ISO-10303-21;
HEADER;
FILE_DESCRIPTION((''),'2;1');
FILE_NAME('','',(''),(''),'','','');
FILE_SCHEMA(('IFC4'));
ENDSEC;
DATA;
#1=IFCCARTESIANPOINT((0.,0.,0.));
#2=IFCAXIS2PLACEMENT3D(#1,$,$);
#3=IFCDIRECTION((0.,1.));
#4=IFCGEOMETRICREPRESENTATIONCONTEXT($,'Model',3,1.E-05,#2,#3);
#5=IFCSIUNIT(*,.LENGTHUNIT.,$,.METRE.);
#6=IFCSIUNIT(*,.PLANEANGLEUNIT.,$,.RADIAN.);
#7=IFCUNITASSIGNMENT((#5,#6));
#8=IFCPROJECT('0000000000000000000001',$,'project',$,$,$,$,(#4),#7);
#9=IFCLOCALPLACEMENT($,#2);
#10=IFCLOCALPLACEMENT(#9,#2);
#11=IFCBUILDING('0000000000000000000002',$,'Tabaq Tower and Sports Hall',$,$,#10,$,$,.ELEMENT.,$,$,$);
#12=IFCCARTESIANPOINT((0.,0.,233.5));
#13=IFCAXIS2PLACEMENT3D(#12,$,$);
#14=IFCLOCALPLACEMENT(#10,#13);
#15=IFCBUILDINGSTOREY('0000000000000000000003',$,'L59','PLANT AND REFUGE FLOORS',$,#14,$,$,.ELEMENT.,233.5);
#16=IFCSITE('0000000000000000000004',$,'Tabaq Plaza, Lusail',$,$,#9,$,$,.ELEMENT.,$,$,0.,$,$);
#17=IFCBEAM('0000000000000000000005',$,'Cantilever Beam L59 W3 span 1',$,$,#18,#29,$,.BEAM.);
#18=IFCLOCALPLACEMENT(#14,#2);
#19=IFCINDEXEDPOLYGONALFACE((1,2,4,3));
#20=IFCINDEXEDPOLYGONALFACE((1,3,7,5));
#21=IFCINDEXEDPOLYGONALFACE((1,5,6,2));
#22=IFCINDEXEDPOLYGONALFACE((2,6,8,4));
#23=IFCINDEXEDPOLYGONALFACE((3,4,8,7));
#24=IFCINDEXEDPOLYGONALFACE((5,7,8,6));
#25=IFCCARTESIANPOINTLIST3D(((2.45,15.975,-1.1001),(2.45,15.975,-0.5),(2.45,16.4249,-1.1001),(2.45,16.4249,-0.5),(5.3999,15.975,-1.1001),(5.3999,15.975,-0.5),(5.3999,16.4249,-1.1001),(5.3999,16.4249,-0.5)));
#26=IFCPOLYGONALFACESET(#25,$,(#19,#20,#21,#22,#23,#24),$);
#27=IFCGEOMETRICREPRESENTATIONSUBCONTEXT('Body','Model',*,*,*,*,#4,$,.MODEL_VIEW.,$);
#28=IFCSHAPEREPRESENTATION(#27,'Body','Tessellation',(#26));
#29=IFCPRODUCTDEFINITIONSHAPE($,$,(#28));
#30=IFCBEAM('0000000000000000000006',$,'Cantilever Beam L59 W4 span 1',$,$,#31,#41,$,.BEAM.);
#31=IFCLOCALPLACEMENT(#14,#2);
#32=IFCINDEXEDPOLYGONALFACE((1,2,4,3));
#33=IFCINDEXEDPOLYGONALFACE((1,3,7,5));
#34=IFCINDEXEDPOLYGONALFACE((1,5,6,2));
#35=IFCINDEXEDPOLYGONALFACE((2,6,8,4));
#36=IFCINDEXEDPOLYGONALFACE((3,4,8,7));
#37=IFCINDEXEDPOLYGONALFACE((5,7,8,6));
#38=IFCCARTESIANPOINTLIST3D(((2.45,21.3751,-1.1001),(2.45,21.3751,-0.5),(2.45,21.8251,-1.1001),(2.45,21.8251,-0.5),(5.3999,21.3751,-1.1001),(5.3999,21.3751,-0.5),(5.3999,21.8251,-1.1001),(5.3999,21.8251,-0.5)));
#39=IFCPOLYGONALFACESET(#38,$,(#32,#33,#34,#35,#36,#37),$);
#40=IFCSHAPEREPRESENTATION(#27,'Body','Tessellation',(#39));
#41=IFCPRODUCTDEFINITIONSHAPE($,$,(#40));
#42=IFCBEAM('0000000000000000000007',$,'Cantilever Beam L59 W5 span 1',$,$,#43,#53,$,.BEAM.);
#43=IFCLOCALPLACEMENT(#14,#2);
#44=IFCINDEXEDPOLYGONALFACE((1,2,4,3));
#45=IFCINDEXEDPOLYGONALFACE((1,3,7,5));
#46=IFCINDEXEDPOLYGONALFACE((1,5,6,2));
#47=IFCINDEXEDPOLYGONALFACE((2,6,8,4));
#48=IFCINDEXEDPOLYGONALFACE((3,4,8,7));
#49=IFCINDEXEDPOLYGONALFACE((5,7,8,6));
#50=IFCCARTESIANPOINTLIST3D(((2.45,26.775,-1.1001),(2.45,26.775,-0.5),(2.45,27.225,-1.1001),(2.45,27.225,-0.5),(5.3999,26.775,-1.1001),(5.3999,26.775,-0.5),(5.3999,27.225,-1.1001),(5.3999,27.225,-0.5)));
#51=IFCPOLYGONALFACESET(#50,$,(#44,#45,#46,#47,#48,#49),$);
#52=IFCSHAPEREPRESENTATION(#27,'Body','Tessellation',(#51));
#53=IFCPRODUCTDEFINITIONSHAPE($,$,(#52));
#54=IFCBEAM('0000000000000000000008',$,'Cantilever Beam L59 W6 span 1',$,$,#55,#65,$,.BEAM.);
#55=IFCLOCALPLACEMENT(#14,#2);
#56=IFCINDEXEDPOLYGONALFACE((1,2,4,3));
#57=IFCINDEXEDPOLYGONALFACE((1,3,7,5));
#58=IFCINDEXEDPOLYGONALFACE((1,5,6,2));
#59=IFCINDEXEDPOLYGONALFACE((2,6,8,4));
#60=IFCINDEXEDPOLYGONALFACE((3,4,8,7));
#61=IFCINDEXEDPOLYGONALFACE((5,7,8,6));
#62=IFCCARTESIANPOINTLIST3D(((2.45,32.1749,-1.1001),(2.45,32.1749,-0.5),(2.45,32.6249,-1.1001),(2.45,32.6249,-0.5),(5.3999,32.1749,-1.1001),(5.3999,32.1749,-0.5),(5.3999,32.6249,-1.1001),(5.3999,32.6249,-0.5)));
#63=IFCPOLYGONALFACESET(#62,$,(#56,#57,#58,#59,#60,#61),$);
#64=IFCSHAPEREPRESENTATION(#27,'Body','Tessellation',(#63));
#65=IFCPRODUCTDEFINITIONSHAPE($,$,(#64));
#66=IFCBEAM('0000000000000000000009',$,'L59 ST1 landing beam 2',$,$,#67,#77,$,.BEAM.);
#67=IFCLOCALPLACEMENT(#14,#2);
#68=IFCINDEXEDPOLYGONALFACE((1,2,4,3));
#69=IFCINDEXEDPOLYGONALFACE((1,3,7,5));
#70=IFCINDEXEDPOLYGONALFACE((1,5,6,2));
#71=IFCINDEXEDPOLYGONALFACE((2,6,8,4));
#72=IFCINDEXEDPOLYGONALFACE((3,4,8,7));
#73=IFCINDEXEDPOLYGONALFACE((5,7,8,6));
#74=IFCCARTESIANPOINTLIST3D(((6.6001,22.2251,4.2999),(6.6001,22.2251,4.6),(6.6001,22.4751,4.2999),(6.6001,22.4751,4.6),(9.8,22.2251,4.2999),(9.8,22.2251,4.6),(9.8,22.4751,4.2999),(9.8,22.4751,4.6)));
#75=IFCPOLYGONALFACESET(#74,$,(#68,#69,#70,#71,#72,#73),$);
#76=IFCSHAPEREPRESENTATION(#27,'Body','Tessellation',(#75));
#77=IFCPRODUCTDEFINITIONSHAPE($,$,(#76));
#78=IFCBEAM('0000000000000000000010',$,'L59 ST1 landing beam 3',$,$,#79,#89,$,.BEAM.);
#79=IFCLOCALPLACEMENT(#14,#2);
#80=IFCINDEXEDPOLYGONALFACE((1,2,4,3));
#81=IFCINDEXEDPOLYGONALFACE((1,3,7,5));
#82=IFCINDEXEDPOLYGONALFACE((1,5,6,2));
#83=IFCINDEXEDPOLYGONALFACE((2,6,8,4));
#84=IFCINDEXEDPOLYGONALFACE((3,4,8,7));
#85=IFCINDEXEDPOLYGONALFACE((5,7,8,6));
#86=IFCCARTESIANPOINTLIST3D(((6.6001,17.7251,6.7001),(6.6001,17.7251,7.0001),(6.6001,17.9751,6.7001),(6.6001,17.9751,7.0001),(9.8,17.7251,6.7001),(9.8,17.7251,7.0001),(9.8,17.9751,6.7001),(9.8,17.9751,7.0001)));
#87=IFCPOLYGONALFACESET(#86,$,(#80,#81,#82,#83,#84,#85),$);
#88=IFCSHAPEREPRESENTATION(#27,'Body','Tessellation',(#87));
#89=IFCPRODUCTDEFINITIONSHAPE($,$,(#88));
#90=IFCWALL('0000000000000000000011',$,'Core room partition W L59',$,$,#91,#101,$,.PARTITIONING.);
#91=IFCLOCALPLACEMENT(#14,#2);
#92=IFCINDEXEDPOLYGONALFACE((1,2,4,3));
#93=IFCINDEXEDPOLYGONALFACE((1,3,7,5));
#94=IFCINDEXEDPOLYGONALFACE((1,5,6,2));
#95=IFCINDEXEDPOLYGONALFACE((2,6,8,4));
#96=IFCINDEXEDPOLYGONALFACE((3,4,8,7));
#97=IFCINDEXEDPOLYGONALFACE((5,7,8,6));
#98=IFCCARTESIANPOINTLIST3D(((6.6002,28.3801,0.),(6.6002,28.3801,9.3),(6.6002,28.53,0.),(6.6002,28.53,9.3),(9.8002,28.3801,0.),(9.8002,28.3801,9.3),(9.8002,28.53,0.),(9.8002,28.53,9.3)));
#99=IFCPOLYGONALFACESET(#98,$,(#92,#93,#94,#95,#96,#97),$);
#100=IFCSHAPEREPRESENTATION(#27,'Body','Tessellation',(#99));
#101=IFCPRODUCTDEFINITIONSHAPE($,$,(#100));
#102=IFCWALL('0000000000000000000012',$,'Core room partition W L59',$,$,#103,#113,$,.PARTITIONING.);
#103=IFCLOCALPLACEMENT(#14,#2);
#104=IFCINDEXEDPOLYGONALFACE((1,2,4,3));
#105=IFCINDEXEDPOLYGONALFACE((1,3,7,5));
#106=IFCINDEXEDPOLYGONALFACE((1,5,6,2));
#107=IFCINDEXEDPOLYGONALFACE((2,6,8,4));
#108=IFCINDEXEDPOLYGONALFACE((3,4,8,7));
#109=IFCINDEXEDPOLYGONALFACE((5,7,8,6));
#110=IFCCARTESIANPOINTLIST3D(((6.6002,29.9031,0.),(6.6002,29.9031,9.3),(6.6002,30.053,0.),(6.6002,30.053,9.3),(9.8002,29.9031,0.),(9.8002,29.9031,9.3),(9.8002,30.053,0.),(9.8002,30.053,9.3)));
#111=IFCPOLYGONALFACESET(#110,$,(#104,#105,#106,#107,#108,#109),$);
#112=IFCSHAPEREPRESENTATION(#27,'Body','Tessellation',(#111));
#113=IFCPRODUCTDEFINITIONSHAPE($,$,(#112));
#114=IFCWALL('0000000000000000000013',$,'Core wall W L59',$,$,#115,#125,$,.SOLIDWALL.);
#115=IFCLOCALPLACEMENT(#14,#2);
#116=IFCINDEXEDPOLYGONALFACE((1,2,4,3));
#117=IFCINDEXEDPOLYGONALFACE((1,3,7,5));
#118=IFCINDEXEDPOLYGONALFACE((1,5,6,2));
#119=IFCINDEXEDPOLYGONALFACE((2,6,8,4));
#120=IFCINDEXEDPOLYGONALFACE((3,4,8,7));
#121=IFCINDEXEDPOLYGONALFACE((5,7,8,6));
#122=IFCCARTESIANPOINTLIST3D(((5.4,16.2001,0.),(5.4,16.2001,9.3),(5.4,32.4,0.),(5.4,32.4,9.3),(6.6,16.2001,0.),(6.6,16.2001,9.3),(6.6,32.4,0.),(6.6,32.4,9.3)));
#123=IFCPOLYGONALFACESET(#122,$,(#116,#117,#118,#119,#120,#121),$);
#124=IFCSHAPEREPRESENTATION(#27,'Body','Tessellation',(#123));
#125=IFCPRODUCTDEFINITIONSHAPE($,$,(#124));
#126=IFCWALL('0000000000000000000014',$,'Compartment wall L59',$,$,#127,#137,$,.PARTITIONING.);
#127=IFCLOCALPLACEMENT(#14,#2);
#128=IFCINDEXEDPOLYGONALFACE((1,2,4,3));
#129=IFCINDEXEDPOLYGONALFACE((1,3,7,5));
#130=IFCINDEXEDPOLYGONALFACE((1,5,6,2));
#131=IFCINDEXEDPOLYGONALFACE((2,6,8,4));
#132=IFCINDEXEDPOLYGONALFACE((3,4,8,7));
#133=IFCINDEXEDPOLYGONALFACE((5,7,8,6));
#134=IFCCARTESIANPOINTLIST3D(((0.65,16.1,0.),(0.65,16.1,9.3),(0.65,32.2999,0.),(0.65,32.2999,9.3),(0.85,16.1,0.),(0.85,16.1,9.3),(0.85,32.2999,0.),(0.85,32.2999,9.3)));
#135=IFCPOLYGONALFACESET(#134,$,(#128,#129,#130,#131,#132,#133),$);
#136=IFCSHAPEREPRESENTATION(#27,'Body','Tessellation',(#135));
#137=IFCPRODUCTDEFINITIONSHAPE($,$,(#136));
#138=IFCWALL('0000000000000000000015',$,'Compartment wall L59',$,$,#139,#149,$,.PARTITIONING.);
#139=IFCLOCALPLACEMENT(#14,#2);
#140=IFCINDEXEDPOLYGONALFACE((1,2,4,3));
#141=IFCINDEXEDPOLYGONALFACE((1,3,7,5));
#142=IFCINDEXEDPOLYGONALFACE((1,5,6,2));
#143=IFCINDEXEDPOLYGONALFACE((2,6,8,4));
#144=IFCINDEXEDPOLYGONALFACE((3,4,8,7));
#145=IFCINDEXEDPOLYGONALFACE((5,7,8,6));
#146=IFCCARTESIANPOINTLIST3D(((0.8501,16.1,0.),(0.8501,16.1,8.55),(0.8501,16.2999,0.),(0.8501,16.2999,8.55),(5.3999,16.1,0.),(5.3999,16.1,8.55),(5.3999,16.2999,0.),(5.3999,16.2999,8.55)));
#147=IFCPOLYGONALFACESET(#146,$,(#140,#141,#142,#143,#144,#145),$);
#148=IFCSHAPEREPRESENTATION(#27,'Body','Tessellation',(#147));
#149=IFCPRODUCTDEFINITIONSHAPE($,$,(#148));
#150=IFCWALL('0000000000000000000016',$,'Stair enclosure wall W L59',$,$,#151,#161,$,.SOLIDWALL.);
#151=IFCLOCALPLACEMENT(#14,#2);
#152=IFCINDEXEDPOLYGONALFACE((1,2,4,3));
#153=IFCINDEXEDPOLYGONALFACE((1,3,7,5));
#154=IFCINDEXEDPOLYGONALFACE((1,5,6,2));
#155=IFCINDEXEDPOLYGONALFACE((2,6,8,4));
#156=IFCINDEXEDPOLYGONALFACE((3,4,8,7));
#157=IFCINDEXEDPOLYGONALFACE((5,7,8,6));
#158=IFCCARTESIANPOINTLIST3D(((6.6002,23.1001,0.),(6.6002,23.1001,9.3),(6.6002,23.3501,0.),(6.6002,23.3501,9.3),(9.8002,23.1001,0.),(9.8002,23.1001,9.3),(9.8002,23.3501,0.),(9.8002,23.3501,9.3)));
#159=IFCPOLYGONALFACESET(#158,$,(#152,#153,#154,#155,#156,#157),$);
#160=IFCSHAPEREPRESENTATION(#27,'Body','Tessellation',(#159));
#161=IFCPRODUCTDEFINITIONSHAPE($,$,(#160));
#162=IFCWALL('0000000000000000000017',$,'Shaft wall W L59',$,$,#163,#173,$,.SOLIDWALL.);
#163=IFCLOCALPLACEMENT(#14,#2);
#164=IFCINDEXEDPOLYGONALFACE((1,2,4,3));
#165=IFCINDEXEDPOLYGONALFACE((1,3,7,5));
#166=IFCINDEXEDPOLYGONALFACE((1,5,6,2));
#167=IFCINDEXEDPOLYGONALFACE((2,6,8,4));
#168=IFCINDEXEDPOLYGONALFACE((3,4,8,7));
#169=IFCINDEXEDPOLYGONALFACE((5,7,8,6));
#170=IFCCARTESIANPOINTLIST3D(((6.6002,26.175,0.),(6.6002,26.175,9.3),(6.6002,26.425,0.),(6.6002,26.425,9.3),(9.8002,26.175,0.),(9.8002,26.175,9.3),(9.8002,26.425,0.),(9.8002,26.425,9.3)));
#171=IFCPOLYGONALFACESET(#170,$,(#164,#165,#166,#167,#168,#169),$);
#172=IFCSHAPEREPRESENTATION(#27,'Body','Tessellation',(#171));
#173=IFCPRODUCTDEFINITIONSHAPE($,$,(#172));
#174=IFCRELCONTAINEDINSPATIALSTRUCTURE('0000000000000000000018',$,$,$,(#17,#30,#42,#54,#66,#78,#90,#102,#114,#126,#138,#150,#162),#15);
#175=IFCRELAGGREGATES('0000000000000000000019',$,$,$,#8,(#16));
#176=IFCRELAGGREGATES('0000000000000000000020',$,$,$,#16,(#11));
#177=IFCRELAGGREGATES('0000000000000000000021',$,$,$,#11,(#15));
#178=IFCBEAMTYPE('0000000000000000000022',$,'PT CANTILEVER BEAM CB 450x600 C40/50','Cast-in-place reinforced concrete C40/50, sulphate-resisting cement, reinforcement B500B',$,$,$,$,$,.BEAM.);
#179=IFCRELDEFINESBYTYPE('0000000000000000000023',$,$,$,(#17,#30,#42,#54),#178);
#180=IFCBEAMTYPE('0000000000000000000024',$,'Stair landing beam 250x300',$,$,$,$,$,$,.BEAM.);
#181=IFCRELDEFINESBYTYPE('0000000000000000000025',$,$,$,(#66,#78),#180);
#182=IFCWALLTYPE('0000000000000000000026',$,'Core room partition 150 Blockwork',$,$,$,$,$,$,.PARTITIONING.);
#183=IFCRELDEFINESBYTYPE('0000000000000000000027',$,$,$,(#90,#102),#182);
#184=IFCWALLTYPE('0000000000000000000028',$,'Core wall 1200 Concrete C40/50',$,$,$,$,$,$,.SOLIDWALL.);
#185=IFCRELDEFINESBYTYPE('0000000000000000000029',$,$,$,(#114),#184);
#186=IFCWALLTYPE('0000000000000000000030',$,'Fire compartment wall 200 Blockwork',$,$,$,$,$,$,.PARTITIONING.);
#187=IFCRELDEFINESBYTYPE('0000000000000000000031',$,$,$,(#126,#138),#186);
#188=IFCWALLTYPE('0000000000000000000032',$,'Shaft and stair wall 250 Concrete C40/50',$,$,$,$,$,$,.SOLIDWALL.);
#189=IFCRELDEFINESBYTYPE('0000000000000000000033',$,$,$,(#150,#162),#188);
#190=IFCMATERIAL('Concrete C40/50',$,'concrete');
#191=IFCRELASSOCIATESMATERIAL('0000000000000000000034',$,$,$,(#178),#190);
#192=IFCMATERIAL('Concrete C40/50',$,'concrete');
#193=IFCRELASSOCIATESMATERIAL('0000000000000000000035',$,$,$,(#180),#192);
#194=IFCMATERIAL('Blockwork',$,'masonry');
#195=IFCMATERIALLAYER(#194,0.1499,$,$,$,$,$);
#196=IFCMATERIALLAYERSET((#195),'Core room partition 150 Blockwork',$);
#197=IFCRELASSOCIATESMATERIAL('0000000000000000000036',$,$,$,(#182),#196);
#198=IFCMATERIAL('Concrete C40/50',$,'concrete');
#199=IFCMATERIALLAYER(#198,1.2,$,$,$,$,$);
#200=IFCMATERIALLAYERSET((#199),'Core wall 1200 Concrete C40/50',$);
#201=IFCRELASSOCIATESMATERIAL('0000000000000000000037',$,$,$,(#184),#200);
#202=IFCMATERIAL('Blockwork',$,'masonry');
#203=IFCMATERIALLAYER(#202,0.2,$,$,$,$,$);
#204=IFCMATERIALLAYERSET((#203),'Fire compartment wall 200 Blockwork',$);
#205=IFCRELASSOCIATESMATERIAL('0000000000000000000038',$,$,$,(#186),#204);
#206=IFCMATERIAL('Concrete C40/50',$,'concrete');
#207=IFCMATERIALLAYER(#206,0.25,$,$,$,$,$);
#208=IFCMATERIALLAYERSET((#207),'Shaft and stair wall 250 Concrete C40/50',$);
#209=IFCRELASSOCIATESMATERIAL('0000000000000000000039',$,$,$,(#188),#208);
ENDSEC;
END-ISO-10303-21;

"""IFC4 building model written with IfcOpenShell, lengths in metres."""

from ifc_helpers import new_model, si_unit, direction, frame, frame_2d, origin, origin_2d, place, context, subcontext, project, spatial, rectangle, extrude, material, layer, layer_set, material_profile, profile_set, type_object, element, save


model = new_model("IFC4")

# Units and contexts
model_context = context("Model", 3, precision=1e-05, world=origin(), true_north=direction((0.0, 1.0)))
body_context = subcontext(model_context, "Body", "Model", "MODEL_VIEW")
ifc_project = project(units=[si_unit("LENGTHUNIT", "METRE"), si_unit("PLANEANGLEUNIT", "RADIAN")], contexts=[model_context])

# Site, building, storey
site_placement = place(None, origin())
site = spatial("IfcSite", under=ifc_project, at=site_placement, Name="Tabaq Plaza, Lusail", CompositionType="ELEMENT", RefElevation=0.0)
building_placement = place(site_placement, origin())
building = spatial("IfcBuilding", under=site, at=building_placement, Name="Tabaq Tower and Sports Hall", CompositionType="ELEMENT")
storey_placement = place(building_placement, frame((0.0, 0.0, 233.5)))
storey = spatial("IfcBuildingStorey", under=building, at=storey_placement, Name="L59", Description="PLANT AND REFUGE FLOORS", CompositionType="ELEMENT", Elevation=233.5)

# Beams
ifc_material_1 = material(Name="Concrete C40/50", Category="concrete")
ifc_material_profile_1 = material_profile(ifc_material_1, rectangle(XDim=0.45, YDim=0.6001, at=origin_2d()), Name="CB 450x600")
ifc_profile_set_1 = profile_set([ifc_material_profile_1], Name="Concrete C40/50")
beam_type_1 = type_object("IfcBeamType", Name="PT CANTILEVER BEAM CB 450x600 C40/50", Description="Cast-in-place reinforced concrete C40/50, sulphate-resisting cement, reinforcement B500B", PredefinedType="BEAM", material=ifc_profile_set_1)
for number, where, z_axis, x_axis, name in (
    (1, (2.45, 16.2, -0.8), (1.0, 0.0, 0.0), (0.0, 1.0, 0.0), "Cantilever Beam L59 W3 span 1"),
    (2, (2.45, 21.6001, -0.8), (1.0, 0.0, 0.0), (0.0, 1.0, 0.0), "Cantilever Beam L59 W4 span 1"),
    (3, (2.45, 27.0, -0.8), (1.0, 0.0, 0.0), (0.0, 1.0, 0.0), "Cantilever Beam L59 W5 span 1"),
    (4, (2.45, 32.3999, -0.8), (1.0, 0.0, 0.0), (0.0, 1.0, 0.0), "Cantilever Beam L59 W6 span 1"),
):
    element("IfcBeam", number, at=place(storey_placement, frame(where, z_axis=z_axis, x_axis=x_axis)), inside=storey, type_object=beam_type_1, Name=name, PredefinedType="BEAM", context=body_context, shape_type="SweptSolid", body=[
        extrude(rectangle(XDim=0.45, YDim=0.6001, at=origin_2d()), origin(), (0.0, 0.0, 1.0), 2.95),
    ])
ifc_material_2 = material(Name="Concrete C40/50", Category="concrete")
ifc_material_profile_2 = material_profile(ifc_material_2, rectangle(XDim=0.25, YDim=0.3, at=origin_2d()), Name="RC 250x300")
ifc_profile_set_2 = profile_set([ifc_material_profile_2], Name="Concrete C40/50")
beam_type_2 = type_object("IfcBeamType", Name="Stair landing beam 250x300", PredefinedType="BEAM", material=ifc_profile_set_2)
for number, where, z_axis, x_axis, name in (
    (5, (6.6001, 22.3501, 4.45), (1.0, 0.0, 0.0), (0.0, 1.0, 0.0), "L59 ST1 landing beam 2"),
    (6, (6.6001, 17.8501, 6.8501), (1.0, 0.0, 0.0), (0.0, 1.0, 0.0), "L59 ST1 landing beam 3"),
):
    element("IfcBeam", number, at=place(storey_placement, frame(where, z_axis=z_axis, x_axis=x_axis)), inside=storey, type_object=beam_type_2, Name=name, PredefinedType="BEAM", context=body_context, shape_type="SweptSolid", body=[
        extrude(rectangle(XDim=0.25, YDim=0.3, at=origin_2d()), origin(), (0.0, 0.0, 1.0), 3.2),
    ])

# Walls
ifc_material_3 = material(Name="Blockwork", Category="masonry")
ifc_layer_1 = layer(ifc_material_3, 0.1499)
ifc_layer_set_1 = layer_set([ifc_layer_1], Name="Core room partition 150 Blockwork")
wall_type_1 = type_object("IfcWallType", Name="Core room partition 150 Blockwork", PredefinedType="PARTITIONING", material=ifc_layer_set_1)
for number, where, z_axis, x_axis, name in (
    (7, (6.6001, 28.4551, 0.0), (0.0, 0.0, 1.0), (1.0, 0.0, 0.0), "Core room partition W L59"),
    (8, (6.6001, 29.978, 0.0), (0.0, 0.0, 1.0), (1.0, 0.0, 0.0), "Core room partition W L59"),
):
    element("IfcWall", number, at=place(storey_placement, frame(where, z_axis=z_axis, x_axis=x_axis)), inside=storey, type_object=wall_type_1, Name=name, PredefinedType="PARTITIONING", context=body_context, shape_type="SweptSolid", body=[
        extrude(rectangle(XDim=3.2, YDim=0.1499, at=frame_2d((1.6001, 0.0))), origin(), (0.0, 0.0, 1.0), 9.3),
    ])
ifc_material_4 = material(Name="Concrete C40/50", Category="concrete")
ifc_layer_2 = layer(ifc_material_4, 1.2)
ifc_layer_set_2 = layer_set([ifc_layer_2], Name="Core wall 1200 Concrete C40/50")
wall_type_2 = type_object("IfcWallType", Name="Core wall 1200 Concrete C40/50", PredefinedType="SOLIDWALL", material=ifc_layer_set_2)
wall_1_placement = place(storey_placement, frame((6.0, 16.2, 0.0), z_axis=(0.0, 0.0, 1.0), x_axis=(0.0, 1.0, 0.0)))
element("IfcWall", 9, at=wall_1_placement, inside=storey, type_object=wall_type_2, Name="Core wall W L59", PredefinedType="SOLIDWALL", context=body_context, shape_type="SweptSolid", body=[
    extrude(rectangle(XDim=16.2, YDim=1.2, at=frame_2d((8.1001, 0.0))), origin(), (0.0, 0.0, 1.0), 9.3),
])

# Shared definitions
ifc_material_5 = material(Name="Blockwork", Category="masonry")
ifc_layer_3 = layer(ifc_material_5, 0.2)
ifc_layer_set_3 = layer_set([ifc_layer_3], Name="Fire compartment wall 200 Blockwork")
wall_type_3 = type_object("IfcWallType", Name="Fire compartment wall 200 Blockwork", PredefinedType="PARTITIONING", material=ifc_layer_set_3)

# Walls
wall_2_placement = place(storey_placement, frame((0.75, 32.3, 0.0), z_axis=(0.0, 0.0, 1.0), x_axis=(0.0, -1.0, 0.0)))
element("IfcWall", 10, at=wall_2_placement, inside=storey, type_object=wall_type_3, Name="Compartment wall L59", PredefinedType="PARTITIONING", context=body_context, shape_type="SweptSolid", body=[
    extrude(rectangle(XDim=16.2, YDim=0.2, at=frame_2d((8.1001, 0.0))), origin(), (0.0, 0.0, 1.0), 9.3),
])
wall_3_placement = place(storey_placement, frame((0.8501, 16.2, 0.0), z_axis=(0.0, 0.0, 1.0), x_axis=(1.0, 0.0, 0.0)))
element("IfcWall", 11, at=wall_3_placement, inside=storey, type_object=wall_type_3, Name="Compartment wall L59", PredefinedType="PARTITIONING", context=body_context, shape_type="SweptSolid", body=[
    extrude(rectangle(XDim=4.5498, YDim=0.2, at=frame_2d((2.2749, 0.0))), origin(), (0.0, 0.0, 1.0), 8.55),
])
ifc_material_6 = material(Name="Concrete C40/50", Category="concrete")
ifc_layer_4 = layer(ifc_material_6, 0.25)
ifc_layer_set_4 = layer_set([ifc_layer_4], Name="Shaft and stair wall 250 Concrete C40/50")
wall_type_4 = type_object("IfcWallType", Name="Shaft and stair wall 250 Concrete C40/50", PredefinedType="SOLIDWALL", material=ifc_layer_set_4)
for number, where, z_axis, x_axis, name in (
    (12, (6.6001, 23.2251, 0.0), (0.0, 0.0, 1.0), (1.0, 0.0, 0.0), "Stair enclosure wall W L59"),
    (13, (6.6001, 26.3, 0.0), (0.0, 0.0, 1.0), (1.0, 0.0, 0.0), "Shaft wall W L59"),
):
    element("IfcWall", number, at=place(storey_placement, frame(where, z_axis=z_axis, x_axis=x_axis)), inside=storey, type_object=wall_type_4, Name=name, PredefinedType="SOLIDWALL", context=body_context, shape_type="SweptSolid", body=[
        extrude(rectangle(XDim=3.2, YDim=0.25, at=frame_2d((1.6001, 0.0))), origin(), (0.0, 0.0, 1.0), 9.3),
    ])

save(model, "model.ifc")
